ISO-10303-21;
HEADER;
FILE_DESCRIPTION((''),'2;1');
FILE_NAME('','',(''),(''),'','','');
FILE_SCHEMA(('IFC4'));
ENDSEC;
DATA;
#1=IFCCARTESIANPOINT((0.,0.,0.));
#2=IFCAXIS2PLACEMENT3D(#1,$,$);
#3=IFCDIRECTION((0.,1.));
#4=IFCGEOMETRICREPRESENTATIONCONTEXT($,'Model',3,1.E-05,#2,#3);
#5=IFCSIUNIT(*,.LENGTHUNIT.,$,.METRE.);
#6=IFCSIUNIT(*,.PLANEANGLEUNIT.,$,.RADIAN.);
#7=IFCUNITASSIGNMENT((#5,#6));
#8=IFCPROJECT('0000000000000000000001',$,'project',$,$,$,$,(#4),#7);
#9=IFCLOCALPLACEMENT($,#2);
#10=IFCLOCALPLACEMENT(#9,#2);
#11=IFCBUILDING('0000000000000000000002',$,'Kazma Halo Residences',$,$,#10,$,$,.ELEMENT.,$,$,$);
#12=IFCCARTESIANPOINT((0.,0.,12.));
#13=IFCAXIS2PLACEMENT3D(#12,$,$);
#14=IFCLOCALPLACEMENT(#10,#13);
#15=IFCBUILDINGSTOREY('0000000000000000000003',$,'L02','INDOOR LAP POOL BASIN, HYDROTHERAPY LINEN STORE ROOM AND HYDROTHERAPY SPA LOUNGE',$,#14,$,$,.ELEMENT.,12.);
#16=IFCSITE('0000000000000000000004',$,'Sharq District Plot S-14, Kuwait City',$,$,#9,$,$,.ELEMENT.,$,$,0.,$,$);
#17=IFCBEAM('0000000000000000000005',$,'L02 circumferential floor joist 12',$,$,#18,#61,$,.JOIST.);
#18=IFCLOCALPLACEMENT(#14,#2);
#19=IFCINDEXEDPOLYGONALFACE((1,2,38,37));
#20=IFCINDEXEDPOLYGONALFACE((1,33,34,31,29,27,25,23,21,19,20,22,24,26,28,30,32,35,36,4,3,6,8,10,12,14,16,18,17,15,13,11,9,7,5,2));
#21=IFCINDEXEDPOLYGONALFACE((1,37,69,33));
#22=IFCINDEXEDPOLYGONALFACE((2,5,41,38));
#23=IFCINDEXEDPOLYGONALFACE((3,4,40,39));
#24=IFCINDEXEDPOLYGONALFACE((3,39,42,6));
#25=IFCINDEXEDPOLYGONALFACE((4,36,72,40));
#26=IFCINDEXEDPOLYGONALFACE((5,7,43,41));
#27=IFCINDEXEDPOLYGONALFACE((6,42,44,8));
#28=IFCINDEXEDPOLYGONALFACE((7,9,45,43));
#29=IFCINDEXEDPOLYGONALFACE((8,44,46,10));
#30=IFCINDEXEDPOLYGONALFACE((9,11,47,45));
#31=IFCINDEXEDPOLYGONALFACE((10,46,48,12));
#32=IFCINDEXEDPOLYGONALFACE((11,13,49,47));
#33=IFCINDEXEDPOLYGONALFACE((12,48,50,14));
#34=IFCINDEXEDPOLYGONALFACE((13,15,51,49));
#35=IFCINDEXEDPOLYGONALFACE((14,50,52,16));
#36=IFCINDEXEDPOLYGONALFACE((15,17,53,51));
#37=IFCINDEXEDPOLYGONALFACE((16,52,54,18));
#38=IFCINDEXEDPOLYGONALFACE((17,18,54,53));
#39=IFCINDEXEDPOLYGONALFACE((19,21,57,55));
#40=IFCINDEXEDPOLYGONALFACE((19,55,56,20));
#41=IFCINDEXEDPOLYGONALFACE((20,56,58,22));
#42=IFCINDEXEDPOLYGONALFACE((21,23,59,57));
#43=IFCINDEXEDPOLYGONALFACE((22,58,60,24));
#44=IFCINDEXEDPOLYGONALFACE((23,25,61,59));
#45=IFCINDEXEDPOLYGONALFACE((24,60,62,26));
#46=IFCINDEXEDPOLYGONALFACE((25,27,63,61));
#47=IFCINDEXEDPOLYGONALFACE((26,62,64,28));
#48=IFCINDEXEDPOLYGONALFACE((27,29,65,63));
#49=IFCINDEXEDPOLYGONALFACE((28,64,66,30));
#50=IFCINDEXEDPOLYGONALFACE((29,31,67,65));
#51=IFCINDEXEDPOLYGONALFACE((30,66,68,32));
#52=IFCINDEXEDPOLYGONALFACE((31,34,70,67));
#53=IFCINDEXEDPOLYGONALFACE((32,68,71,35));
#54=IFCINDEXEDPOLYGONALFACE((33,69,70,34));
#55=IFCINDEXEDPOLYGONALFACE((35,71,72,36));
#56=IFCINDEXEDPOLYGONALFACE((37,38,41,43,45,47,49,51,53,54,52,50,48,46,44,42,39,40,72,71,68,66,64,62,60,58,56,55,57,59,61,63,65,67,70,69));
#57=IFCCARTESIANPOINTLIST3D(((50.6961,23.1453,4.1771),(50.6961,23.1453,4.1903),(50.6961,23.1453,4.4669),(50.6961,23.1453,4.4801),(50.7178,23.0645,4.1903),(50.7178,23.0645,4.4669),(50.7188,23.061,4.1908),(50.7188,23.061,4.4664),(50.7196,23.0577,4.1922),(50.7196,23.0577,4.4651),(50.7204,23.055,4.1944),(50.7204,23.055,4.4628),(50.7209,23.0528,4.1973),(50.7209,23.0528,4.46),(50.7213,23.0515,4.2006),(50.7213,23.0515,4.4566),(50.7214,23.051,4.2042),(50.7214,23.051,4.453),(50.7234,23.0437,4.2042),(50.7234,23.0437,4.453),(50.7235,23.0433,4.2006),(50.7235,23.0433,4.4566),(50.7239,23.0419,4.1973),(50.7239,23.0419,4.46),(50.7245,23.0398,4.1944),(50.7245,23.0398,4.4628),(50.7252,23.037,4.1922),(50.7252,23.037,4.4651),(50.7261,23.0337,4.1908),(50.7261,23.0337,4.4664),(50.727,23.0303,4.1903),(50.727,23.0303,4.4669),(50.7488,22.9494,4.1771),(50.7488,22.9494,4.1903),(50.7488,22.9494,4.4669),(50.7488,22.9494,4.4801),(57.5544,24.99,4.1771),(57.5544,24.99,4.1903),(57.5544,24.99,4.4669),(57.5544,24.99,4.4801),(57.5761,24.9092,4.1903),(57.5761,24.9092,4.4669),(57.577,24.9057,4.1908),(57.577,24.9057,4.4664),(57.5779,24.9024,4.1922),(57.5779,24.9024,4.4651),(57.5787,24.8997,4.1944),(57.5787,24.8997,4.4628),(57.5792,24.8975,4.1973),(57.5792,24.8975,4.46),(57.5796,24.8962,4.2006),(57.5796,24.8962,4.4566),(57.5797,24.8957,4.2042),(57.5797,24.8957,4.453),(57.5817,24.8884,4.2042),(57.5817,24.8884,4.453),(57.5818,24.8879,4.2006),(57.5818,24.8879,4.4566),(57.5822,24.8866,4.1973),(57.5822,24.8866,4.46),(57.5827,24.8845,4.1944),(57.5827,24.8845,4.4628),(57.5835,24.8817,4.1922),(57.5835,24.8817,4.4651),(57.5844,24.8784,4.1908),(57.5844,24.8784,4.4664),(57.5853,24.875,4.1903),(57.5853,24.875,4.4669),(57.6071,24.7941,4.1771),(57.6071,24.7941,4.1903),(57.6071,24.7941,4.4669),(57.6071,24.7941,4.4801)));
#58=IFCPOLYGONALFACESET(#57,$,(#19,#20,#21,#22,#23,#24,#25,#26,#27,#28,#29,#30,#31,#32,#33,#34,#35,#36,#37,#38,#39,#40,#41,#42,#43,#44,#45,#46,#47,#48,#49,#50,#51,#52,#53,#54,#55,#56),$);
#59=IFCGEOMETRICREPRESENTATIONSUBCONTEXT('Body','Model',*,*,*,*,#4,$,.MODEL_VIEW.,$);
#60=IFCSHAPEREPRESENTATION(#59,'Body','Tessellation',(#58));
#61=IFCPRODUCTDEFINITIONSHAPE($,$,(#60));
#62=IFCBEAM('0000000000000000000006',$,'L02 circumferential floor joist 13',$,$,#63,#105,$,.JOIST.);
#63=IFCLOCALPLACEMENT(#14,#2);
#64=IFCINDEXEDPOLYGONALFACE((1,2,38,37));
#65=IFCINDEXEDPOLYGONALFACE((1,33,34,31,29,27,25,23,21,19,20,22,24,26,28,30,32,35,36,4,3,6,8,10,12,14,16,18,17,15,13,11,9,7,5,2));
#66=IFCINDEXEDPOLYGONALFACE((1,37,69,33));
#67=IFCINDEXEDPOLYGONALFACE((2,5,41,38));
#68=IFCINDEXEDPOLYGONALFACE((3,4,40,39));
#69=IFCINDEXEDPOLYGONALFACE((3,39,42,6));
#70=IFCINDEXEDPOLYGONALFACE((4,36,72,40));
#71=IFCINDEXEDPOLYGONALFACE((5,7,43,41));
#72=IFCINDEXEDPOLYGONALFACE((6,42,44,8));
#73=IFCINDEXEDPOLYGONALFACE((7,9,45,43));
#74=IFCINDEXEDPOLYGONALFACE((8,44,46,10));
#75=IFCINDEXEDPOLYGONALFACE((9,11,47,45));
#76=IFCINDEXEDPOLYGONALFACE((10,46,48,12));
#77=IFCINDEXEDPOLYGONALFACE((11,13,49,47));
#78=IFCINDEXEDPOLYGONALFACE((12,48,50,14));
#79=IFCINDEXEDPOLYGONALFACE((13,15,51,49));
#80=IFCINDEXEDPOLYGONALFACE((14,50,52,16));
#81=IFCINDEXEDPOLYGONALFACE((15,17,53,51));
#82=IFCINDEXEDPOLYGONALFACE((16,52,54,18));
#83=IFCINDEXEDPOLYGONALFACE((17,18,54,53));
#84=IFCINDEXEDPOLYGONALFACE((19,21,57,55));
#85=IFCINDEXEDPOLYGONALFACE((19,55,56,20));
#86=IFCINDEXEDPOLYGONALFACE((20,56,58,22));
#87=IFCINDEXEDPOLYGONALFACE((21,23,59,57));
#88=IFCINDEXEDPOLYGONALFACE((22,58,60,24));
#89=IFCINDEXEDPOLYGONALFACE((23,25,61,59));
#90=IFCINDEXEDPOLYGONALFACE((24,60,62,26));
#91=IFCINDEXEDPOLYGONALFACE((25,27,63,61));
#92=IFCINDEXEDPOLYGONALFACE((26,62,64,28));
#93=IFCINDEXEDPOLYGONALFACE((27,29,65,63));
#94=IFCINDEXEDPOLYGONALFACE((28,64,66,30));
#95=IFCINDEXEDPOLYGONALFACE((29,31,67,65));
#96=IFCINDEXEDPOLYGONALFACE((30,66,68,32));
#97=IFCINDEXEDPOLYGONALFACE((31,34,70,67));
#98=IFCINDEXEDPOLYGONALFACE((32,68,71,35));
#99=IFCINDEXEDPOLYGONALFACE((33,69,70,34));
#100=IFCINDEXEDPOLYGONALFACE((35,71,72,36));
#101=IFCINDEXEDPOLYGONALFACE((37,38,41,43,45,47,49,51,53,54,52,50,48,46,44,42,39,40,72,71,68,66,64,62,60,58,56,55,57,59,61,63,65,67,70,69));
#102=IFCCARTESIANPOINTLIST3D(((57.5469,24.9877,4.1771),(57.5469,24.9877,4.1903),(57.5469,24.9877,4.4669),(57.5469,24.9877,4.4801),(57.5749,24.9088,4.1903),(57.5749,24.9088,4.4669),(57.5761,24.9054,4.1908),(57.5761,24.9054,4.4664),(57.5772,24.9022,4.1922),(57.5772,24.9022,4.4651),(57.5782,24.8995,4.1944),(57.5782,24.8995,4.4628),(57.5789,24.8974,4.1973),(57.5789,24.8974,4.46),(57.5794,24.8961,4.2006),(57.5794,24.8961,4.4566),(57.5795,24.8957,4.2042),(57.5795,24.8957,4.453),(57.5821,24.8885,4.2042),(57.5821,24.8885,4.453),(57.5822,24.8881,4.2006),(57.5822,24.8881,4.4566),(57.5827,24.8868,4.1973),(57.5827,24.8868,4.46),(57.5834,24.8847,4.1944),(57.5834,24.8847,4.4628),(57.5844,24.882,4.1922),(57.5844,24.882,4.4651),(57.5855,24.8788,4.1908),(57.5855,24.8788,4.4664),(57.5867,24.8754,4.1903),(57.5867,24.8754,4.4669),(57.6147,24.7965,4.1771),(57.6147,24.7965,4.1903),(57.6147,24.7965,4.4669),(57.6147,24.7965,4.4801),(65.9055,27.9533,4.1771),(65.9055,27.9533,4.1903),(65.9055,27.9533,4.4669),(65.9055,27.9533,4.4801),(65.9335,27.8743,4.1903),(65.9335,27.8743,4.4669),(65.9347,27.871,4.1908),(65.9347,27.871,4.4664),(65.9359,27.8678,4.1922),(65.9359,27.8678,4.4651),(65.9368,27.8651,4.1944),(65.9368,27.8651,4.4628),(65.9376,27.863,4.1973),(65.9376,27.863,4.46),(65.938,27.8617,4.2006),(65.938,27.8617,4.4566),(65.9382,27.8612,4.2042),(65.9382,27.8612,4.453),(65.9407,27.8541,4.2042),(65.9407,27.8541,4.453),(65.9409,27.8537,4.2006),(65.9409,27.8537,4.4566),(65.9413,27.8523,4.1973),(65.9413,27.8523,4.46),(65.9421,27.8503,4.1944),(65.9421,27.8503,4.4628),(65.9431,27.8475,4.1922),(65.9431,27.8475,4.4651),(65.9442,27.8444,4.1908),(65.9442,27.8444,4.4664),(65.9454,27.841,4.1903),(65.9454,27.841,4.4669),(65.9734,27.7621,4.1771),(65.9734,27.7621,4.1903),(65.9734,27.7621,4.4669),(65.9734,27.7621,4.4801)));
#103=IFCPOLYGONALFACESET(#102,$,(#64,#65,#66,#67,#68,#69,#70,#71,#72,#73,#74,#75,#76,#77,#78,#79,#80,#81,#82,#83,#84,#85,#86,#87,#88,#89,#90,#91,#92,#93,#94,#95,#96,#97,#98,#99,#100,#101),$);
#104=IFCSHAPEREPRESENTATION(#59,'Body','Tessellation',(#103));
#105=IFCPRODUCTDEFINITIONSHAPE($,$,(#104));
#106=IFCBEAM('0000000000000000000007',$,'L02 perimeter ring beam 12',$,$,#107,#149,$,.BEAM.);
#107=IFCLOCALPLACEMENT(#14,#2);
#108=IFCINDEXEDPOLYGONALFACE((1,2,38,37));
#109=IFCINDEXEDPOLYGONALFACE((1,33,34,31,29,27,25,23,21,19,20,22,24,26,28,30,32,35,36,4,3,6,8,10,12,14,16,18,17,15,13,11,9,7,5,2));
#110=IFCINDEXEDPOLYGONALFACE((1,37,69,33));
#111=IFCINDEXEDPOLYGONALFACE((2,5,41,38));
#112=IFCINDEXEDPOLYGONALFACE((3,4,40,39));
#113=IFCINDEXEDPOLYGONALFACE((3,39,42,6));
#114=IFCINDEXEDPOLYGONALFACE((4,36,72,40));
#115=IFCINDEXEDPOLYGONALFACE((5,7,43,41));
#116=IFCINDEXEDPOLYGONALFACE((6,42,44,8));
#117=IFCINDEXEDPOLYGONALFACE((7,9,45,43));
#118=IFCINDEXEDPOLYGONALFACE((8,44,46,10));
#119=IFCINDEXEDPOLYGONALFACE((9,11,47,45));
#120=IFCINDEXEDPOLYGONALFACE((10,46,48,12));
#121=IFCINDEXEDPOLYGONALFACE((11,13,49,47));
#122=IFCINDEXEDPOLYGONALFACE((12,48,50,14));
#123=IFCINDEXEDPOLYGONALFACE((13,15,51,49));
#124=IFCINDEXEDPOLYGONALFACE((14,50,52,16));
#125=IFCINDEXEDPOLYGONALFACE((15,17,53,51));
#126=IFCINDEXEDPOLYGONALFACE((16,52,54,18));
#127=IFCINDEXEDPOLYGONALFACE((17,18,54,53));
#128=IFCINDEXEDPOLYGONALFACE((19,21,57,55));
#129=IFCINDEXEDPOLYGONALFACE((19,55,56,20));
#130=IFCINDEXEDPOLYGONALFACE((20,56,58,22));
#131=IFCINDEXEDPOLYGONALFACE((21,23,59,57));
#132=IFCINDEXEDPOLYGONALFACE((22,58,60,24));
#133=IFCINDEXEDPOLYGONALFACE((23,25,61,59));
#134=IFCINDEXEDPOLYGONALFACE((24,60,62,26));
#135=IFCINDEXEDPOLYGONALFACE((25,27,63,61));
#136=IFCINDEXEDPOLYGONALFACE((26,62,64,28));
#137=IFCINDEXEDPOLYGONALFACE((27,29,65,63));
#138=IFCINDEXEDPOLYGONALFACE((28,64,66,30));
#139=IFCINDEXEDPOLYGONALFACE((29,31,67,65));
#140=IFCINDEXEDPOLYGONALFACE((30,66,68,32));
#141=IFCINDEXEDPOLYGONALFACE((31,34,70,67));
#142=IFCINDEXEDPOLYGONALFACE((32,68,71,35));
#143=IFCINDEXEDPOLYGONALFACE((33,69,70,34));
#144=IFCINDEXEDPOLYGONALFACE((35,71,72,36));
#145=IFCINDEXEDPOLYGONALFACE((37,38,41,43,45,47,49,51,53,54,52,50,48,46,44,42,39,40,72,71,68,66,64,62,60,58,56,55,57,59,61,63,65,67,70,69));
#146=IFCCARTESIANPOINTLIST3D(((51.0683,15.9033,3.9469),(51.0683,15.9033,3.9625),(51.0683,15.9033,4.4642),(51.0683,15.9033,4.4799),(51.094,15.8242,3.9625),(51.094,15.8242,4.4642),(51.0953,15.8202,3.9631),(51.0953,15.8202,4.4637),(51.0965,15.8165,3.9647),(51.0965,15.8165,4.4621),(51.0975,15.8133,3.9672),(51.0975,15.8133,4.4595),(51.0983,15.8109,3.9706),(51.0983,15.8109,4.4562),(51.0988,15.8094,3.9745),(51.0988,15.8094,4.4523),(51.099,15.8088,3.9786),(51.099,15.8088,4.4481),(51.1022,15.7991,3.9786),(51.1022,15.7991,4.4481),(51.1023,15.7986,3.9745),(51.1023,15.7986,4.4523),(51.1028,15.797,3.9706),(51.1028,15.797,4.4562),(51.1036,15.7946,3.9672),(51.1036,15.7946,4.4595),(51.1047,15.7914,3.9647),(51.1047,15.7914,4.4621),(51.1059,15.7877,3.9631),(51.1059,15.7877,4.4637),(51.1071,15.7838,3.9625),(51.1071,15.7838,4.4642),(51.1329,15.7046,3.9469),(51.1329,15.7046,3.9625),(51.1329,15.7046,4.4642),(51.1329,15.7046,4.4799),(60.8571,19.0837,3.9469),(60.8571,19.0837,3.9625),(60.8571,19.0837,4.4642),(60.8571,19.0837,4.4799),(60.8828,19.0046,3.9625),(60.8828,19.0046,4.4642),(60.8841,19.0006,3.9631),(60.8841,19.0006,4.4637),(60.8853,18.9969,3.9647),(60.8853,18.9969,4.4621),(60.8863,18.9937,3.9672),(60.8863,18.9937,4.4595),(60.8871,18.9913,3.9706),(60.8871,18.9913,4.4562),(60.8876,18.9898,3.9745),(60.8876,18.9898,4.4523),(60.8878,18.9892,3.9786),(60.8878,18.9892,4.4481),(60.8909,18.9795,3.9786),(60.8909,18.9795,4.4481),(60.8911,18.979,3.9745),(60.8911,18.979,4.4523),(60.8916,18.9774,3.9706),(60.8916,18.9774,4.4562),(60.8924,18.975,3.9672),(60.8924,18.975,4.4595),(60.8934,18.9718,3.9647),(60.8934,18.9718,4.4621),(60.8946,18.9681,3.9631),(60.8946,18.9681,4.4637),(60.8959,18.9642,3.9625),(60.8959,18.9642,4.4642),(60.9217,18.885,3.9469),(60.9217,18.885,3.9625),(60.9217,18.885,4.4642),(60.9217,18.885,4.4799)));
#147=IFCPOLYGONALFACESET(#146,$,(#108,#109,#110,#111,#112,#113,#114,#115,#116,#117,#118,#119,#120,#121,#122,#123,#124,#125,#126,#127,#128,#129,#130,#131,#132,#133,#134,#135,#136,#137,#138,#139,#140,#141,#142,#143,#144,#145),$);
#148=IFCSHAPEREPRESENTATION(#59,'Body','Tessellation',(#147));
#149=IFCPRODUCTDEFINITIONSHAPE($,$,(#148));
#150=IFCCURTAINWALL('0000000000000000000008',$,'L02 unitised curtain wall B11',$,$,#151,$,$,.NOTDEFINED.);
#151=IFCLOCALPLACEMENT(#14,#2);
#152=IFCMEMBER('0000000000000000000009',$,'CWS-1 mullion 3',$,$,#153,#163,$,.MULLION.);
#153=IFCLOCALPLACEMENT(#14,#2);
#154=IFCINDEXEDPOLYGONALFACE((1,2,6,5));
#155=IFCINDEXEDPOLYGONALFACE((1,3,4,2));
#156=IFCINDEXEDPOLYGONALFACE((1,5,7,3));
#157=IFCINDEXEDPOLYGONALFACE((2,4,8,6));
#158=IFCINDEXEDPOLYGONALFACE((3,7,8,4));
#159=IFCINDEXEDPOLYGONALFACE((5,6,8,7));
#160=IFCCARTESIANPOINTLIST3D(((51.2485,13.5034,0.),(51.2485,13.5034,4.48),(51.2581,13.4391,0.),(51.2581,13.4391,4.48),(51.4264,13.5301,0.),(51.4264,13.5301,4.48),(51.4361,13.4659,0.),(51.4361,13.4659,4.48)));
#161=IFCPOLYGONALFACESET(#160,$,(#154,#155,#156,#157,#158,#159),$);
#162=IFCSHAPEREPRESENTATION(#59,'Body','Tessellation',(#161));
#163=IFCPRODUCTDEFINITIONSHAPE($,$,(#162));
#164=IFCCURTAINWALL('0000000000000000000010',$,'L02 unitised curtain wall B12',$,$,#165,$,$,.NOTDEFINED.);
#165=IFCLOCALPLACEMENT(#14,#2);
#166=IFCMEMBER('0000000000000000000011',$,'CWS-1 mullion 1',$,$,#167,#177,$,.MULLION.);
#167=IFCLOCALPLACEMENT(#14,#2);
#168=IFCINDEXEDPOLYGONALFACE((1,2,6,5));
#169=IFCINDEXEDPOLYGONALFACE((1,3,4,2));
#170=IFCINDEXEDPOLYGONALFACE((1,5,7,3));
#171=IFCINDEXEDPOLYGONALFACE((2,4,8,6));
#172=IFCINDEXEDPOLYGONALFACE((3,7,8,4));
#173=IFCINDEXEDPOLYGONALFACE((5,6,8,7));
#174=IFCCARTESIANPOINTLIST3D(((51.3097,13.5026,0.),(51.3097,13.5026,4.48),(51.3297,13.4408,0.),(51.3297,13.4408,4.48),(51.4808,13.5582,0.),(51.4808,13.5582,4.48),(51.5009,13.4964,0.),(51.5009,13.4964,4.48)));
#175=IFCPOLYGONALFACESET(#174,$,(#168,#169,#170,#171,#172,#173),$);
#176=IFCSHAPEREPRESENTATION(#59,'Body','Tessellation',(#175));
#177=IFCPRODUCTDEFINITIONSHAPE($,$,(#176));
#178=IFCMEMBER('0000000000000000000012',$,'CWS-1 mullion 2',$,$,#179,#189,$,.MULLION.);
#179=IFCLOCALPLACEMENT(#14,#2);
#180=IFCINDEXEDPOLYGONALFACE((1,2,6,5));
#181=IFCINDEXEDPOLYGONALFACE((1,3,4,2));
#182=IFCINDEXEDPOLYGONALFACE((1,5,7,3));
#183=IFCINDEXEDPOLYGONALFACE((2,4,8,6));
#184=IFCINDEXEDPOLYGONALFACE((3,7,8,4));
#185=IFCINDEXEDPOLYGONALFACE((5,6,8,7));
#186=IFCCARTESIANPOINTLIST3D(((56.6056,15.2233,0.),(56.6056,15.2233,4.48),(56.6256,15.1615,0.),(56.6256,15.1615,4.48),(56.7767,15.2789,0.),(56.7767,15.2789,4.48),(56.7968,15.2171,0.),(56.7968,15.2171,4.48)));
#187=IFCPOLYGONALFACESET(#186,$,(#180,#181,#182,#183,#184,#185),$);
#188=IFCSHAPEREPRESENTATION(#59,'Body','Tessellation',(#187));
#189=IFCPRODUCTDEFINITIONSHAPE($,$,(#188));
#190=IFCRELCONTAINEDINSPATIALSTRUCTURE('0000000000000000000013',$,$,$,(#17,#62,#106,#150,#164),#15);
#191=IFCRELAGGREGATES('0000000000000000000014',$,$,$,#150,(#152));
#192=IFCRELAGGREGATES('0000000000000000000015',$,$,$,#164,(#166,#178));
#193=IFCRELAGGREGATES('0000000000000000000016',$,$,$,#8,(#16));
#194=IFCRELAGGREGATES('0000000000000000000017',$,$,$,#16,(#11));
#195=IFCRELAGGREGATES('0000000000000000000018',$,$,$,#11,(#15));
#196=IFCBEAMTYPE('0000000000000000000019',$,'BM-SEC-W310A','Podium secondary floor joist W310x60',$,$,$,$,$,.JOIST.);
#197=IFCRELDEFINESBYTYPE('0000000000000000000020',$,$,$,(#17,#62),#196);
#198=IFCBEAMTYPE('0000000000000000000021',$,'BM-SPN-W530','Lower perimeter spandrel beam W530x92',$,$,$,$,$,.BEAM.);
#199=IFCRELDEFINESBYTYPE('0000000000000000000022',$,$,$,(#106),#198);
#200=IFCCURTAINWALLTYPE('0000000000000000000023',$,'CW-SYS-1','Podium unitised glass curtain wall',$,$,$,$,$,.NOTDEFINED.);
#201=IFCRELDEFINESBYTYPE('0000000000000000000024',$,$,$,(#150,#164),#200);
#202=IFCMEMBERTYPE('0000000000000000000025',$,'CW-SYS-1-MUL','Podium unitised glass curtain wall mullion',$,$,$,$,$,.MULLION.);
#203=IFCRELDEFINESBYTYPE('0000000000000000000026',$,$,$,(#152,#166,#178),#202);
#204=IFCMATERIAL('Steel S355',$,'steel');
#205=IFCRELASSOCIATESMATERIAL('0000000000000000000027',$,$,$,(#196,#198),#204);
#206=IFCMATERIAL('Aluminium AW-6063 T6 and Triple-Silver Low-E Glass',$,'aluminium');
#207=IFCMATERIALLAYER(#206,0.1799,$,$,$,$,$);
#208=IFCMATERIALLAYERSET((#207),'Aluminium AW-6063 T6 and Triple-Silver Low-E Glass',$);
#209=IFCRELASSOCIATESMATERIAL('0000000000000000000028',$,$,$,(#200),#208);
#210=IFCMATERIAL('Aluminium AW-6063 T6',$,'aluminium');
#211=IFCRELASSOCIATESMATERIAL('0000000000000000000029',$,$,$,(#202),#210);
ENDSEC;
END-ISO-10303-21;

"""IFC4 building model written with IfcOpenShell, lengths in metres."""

from ifc_helpers import new_model, si_unit, direction, frame, origin, origin_2d, place, context, subcontext, project, spatial, rectangle, i_section, extrude, material, layer, layer_set, material_profile, profile_set, type_object, element, aggregate, save


model = new_model("IFC4")

# Units and contexts
model_context = context("Model", 3, precision=1e-05, world=origin(), true_north=direction((0.0, 1.0)))
body_context = subcontext(model_context, "Body", "Model", "MODEL_VIEW")
ifc_project = project(units=[si_unit("LENGTHUNIT", "METRE"), si_unit("PLANEANGLEUNIT", "RADIAN")], contexts=[model_context])

# Site, building, storey
site_placement = place(None, origin())
site = spatial("IfcSite", under=ifc_project, at=site_placement, Name="Sharq District Plot S-14, Kuwait City", CompositionType="ELEMENT", RefElevation=0.0)
building_placement = place(site_placement, origin())
building = spatial("IfcBuilding", under=site, at=building_placement, Name="Kazma Halo Residences", CompositionType="ELEMENT")
storey_placement = place(building_placement, frame((0.0, 0.0, 12.0)))
storey = spatial("IfcBuildingStorey", under=building, at=storey_placement, Name="L02", Description="INDOOR LAP POOL BASIN, HYDROTHERAPY LINEN STORE ROOM AND HYDROTHERAPY SPA LOUNGE", CompositionType="ELEMENT", Elevation=12.0)

# Beams
ifc_material_1 = material(Name="Steel S355", Category="steel")
ifc_material_profile_1 = material_profile(ifc_material_1, i_section(OverallWidth=0.2029, OverallDepth=0.303, WebThickness=0.0076, FlangeThickness=0.0132, FilletRadius=0.0139, at=origin_2d()), Name="W310x60")
ifc_profile_set_1 = profile_set([ifc_material_profile_1], Name="Steel S355")
beam_type_1 = type_object("IfcBeamType", Name="BM-SEC-W310A", Description="Podium secondary floor joist W310x60", PredefinedType="JOIST", material=ifc_profile_set_1)
beam_1_placement = place(storey_placement, frame((50.7224, 23.0474, 4.3286), z_axis=(0.965678, 0.259742, 0.0), x_axis=(-0.259742, 0.965678, 0.0)))
element("IfcBeam", 1, at=beam_1_placement, inside=storey, type_object=beam_type_1, Name="L02 circumferential floor joist 12", PredefinedType="JOIST", context=body_context, shape_type="SweptSolid", body=[
    extrude(i_section(OverallWidth=0.2029, OverallDepth=0.303, WebThickness=0.0076, FlangeThickness=0.0132, FilletRadius=0.0139, at=origin_2d()), origin(), (0.0, 0.0, 1.0), 7.1021),
])
beam_2_placement = place(storey_placement, frame((57.5808, 24.8921, 4.3286), z_axis=(0.942442, 0.33437, 0.0), x_axis=(-0.33437, 0.942442, 0.0)))
element("IfcBeam", 2, at=beam_2_placement, inside=storey, type_object=beam_type_1, Name="L02 circumferential floor joist 13", PredefinedType="JOIST", context=body_context, shape_type="SweptSolid", body=[
    extrude(i_section(OverallWidth=0.2029, OverallDepth=0.303, WebThickness=0.0076, FlangeThickness=0.0132, FilletRadius=0.0139, at=origin_2d()), origin(), (0.0, 0.0, 1.0), 8.8691),
])
ifc_material_profile_2 = material_profile(ifc_material_1, i_section(OverallWidth=0.209, OverallDepth=0.533, WebThickness=0.0103, FlangeThickness=0.0156, FilletRadius=0.0161, at=origin_2d()), Name="W530x92")
ifc_profile_set_2 = profile_set([ifc_material_profile_2], Name="Steel S355")
beam_type_2 = type_object("IfcBeamType", Name="BM-SPN-W530", Description="Lower perimeter spandrel beam W530x92", PredefinedType="BEAM", material=ifc_profile_set_2)
beam_3_placement = place(storey_placement, frame((51.1006, 15.804, 4.2134), z_axis=(0.951061, 0.309003, 0.0), x_axis=(-0.309003, 0.951061, 0.0)))
element("IfcBeam", 3, at=beam_3_placement, inside=storey, type_object=beam_type_2, Name="L02 perimeter ring beam 12", PredefinedType="BEAM", context=body_context, shape_type="SweptSolid", body=[
    extrude(i_section(OverallWidth=0.209, OverallDepth=0.533, WebThickness=0.0103, FlangeThickness=0.0156, FilletRadius=0.0161, at=origin_2d()), origin(), (0.0, 0.0, 1.0), 10.2925),
])

# Curtain wall, member
ifc_material_2 = material(Name="Aluminium AW-6063 T6 and Triple-Silver Low-E Glass", Category="aluminium")
ifc_layer_1 = layer(ifc_material_2, 0.1799)
ifc_layer_set_1 = layer_set([ifc_layer_1], Name="Aluminium AW-6063 T6 and Triple-Silver Low-E Glass")
curtain_wall_type = type_object("IfcCurtainWallType", Name="CW-SYS-1", Description="Podium unitised glass curtain wall", PredefinedType="NOTDEFINED", material=ifc_layer_set_1)
curtain_wall_1_placement = place(storey_placement, origin())
curtain_wall_1 = element("IfcCurtainWall", 4, at=curtain_wall_1_placement, inside=storey, type_object=curtain_wall_type, Name="L02 unitised curtain wall B11", PredefinedType="NOTDEFINED")
ifc_material_3 = material(Name="Aluminium AW-6063 T6", Category="aluminium")
ifc_material_profile_3 = material_profile(ifc_material_3, rectangle(XDim=0.0649, YDim=0.1799, at=origin_2d()), Name="CWM-65x180")
ifc_profile_set_3 = profile_set([ifc_material_profile_3], Name="Aluminium AW-6063 T6")
member_type_1 = type_object("IfcMemberType", Name="CW-SYS-1-MUL", Description="Podium unitised glass curtain wall mullion", PredefinedType="MULLION", material=ifc_profile_set_3)
member_1_placement = place(storey_placement, frame((51.3423, 13.4846, 0.0), z_axis=(0.0, 0.0, 1.0), x_axis=(-0.148549, 0.988905, 0.0)))
member_1 = element("IfcMember", 5, at=member_1_placement, type_object=member_type_1, Name="CWS-1 mullion 3", PredefinedType="MULLION", context=body_context, shape_type="SweptSolid", body=[
    extrude(rectangle(XDim=0.0649, YDim=0.1799, at=origin_2d()), origin(), (0.0, 0.0, 1.0), 4.48),
])
aggregate(curtain_wall_1, [member_1])

# Curtain wall, members
curtain_wall_2_placement = place(storey_placement, origin())
curtain_wall_2 = element("IfcCurtainWall", 6, at=curtain_wall_2_placement, inside=storey, type_object=curtain_wall_type, Name="L02 unitised curtain wall B12", PredefinedType="NOTDEFINED")
member_2_placement = place(storey_placement, frame((51.4053, 13.4995, 0.0), z_axis=(0.0, 0.0, 1.0), x_axis=(-0.309017, 0.951056, 0.0)))
member_2 = element("IfcMember", 7, at=member_2_placement, type_object=member_type_1, Name="CWS-1 mullion 1", PredefinedType="MULLION", context=body_context, shape_type="SweptSolid", body=[
    extrude(rectangle(XDim=0.0649, YDim=0.1799, at=origin_2d()), origin(), (0.0, 0.0, 1.0), 4.48),
])
member_3_placement = place(storey_placement, frame((56.7012, 15.2202, 0.0), z_axis=(0.0, 0.0, 1.0), x_axis=(-0.309017, 0.951056, 0.0)))
member_3 = element("IfcMember", 8, at=member_3_placement, type_object=member_type_1, Name="CWS-1 mullion 2", PredefinedType="MULLION", context=body_context, shape_type="SweptSolid", body=[
    extrude(rectangle(XDim=0.0649, YDim=0.1799, at=origin_2d()), origin(), (0.0, 0.0, 1.0), 4.48),
])
aggregate(curtain_wall_2, [member_2, member_3])

save(model, "model.ifc")
